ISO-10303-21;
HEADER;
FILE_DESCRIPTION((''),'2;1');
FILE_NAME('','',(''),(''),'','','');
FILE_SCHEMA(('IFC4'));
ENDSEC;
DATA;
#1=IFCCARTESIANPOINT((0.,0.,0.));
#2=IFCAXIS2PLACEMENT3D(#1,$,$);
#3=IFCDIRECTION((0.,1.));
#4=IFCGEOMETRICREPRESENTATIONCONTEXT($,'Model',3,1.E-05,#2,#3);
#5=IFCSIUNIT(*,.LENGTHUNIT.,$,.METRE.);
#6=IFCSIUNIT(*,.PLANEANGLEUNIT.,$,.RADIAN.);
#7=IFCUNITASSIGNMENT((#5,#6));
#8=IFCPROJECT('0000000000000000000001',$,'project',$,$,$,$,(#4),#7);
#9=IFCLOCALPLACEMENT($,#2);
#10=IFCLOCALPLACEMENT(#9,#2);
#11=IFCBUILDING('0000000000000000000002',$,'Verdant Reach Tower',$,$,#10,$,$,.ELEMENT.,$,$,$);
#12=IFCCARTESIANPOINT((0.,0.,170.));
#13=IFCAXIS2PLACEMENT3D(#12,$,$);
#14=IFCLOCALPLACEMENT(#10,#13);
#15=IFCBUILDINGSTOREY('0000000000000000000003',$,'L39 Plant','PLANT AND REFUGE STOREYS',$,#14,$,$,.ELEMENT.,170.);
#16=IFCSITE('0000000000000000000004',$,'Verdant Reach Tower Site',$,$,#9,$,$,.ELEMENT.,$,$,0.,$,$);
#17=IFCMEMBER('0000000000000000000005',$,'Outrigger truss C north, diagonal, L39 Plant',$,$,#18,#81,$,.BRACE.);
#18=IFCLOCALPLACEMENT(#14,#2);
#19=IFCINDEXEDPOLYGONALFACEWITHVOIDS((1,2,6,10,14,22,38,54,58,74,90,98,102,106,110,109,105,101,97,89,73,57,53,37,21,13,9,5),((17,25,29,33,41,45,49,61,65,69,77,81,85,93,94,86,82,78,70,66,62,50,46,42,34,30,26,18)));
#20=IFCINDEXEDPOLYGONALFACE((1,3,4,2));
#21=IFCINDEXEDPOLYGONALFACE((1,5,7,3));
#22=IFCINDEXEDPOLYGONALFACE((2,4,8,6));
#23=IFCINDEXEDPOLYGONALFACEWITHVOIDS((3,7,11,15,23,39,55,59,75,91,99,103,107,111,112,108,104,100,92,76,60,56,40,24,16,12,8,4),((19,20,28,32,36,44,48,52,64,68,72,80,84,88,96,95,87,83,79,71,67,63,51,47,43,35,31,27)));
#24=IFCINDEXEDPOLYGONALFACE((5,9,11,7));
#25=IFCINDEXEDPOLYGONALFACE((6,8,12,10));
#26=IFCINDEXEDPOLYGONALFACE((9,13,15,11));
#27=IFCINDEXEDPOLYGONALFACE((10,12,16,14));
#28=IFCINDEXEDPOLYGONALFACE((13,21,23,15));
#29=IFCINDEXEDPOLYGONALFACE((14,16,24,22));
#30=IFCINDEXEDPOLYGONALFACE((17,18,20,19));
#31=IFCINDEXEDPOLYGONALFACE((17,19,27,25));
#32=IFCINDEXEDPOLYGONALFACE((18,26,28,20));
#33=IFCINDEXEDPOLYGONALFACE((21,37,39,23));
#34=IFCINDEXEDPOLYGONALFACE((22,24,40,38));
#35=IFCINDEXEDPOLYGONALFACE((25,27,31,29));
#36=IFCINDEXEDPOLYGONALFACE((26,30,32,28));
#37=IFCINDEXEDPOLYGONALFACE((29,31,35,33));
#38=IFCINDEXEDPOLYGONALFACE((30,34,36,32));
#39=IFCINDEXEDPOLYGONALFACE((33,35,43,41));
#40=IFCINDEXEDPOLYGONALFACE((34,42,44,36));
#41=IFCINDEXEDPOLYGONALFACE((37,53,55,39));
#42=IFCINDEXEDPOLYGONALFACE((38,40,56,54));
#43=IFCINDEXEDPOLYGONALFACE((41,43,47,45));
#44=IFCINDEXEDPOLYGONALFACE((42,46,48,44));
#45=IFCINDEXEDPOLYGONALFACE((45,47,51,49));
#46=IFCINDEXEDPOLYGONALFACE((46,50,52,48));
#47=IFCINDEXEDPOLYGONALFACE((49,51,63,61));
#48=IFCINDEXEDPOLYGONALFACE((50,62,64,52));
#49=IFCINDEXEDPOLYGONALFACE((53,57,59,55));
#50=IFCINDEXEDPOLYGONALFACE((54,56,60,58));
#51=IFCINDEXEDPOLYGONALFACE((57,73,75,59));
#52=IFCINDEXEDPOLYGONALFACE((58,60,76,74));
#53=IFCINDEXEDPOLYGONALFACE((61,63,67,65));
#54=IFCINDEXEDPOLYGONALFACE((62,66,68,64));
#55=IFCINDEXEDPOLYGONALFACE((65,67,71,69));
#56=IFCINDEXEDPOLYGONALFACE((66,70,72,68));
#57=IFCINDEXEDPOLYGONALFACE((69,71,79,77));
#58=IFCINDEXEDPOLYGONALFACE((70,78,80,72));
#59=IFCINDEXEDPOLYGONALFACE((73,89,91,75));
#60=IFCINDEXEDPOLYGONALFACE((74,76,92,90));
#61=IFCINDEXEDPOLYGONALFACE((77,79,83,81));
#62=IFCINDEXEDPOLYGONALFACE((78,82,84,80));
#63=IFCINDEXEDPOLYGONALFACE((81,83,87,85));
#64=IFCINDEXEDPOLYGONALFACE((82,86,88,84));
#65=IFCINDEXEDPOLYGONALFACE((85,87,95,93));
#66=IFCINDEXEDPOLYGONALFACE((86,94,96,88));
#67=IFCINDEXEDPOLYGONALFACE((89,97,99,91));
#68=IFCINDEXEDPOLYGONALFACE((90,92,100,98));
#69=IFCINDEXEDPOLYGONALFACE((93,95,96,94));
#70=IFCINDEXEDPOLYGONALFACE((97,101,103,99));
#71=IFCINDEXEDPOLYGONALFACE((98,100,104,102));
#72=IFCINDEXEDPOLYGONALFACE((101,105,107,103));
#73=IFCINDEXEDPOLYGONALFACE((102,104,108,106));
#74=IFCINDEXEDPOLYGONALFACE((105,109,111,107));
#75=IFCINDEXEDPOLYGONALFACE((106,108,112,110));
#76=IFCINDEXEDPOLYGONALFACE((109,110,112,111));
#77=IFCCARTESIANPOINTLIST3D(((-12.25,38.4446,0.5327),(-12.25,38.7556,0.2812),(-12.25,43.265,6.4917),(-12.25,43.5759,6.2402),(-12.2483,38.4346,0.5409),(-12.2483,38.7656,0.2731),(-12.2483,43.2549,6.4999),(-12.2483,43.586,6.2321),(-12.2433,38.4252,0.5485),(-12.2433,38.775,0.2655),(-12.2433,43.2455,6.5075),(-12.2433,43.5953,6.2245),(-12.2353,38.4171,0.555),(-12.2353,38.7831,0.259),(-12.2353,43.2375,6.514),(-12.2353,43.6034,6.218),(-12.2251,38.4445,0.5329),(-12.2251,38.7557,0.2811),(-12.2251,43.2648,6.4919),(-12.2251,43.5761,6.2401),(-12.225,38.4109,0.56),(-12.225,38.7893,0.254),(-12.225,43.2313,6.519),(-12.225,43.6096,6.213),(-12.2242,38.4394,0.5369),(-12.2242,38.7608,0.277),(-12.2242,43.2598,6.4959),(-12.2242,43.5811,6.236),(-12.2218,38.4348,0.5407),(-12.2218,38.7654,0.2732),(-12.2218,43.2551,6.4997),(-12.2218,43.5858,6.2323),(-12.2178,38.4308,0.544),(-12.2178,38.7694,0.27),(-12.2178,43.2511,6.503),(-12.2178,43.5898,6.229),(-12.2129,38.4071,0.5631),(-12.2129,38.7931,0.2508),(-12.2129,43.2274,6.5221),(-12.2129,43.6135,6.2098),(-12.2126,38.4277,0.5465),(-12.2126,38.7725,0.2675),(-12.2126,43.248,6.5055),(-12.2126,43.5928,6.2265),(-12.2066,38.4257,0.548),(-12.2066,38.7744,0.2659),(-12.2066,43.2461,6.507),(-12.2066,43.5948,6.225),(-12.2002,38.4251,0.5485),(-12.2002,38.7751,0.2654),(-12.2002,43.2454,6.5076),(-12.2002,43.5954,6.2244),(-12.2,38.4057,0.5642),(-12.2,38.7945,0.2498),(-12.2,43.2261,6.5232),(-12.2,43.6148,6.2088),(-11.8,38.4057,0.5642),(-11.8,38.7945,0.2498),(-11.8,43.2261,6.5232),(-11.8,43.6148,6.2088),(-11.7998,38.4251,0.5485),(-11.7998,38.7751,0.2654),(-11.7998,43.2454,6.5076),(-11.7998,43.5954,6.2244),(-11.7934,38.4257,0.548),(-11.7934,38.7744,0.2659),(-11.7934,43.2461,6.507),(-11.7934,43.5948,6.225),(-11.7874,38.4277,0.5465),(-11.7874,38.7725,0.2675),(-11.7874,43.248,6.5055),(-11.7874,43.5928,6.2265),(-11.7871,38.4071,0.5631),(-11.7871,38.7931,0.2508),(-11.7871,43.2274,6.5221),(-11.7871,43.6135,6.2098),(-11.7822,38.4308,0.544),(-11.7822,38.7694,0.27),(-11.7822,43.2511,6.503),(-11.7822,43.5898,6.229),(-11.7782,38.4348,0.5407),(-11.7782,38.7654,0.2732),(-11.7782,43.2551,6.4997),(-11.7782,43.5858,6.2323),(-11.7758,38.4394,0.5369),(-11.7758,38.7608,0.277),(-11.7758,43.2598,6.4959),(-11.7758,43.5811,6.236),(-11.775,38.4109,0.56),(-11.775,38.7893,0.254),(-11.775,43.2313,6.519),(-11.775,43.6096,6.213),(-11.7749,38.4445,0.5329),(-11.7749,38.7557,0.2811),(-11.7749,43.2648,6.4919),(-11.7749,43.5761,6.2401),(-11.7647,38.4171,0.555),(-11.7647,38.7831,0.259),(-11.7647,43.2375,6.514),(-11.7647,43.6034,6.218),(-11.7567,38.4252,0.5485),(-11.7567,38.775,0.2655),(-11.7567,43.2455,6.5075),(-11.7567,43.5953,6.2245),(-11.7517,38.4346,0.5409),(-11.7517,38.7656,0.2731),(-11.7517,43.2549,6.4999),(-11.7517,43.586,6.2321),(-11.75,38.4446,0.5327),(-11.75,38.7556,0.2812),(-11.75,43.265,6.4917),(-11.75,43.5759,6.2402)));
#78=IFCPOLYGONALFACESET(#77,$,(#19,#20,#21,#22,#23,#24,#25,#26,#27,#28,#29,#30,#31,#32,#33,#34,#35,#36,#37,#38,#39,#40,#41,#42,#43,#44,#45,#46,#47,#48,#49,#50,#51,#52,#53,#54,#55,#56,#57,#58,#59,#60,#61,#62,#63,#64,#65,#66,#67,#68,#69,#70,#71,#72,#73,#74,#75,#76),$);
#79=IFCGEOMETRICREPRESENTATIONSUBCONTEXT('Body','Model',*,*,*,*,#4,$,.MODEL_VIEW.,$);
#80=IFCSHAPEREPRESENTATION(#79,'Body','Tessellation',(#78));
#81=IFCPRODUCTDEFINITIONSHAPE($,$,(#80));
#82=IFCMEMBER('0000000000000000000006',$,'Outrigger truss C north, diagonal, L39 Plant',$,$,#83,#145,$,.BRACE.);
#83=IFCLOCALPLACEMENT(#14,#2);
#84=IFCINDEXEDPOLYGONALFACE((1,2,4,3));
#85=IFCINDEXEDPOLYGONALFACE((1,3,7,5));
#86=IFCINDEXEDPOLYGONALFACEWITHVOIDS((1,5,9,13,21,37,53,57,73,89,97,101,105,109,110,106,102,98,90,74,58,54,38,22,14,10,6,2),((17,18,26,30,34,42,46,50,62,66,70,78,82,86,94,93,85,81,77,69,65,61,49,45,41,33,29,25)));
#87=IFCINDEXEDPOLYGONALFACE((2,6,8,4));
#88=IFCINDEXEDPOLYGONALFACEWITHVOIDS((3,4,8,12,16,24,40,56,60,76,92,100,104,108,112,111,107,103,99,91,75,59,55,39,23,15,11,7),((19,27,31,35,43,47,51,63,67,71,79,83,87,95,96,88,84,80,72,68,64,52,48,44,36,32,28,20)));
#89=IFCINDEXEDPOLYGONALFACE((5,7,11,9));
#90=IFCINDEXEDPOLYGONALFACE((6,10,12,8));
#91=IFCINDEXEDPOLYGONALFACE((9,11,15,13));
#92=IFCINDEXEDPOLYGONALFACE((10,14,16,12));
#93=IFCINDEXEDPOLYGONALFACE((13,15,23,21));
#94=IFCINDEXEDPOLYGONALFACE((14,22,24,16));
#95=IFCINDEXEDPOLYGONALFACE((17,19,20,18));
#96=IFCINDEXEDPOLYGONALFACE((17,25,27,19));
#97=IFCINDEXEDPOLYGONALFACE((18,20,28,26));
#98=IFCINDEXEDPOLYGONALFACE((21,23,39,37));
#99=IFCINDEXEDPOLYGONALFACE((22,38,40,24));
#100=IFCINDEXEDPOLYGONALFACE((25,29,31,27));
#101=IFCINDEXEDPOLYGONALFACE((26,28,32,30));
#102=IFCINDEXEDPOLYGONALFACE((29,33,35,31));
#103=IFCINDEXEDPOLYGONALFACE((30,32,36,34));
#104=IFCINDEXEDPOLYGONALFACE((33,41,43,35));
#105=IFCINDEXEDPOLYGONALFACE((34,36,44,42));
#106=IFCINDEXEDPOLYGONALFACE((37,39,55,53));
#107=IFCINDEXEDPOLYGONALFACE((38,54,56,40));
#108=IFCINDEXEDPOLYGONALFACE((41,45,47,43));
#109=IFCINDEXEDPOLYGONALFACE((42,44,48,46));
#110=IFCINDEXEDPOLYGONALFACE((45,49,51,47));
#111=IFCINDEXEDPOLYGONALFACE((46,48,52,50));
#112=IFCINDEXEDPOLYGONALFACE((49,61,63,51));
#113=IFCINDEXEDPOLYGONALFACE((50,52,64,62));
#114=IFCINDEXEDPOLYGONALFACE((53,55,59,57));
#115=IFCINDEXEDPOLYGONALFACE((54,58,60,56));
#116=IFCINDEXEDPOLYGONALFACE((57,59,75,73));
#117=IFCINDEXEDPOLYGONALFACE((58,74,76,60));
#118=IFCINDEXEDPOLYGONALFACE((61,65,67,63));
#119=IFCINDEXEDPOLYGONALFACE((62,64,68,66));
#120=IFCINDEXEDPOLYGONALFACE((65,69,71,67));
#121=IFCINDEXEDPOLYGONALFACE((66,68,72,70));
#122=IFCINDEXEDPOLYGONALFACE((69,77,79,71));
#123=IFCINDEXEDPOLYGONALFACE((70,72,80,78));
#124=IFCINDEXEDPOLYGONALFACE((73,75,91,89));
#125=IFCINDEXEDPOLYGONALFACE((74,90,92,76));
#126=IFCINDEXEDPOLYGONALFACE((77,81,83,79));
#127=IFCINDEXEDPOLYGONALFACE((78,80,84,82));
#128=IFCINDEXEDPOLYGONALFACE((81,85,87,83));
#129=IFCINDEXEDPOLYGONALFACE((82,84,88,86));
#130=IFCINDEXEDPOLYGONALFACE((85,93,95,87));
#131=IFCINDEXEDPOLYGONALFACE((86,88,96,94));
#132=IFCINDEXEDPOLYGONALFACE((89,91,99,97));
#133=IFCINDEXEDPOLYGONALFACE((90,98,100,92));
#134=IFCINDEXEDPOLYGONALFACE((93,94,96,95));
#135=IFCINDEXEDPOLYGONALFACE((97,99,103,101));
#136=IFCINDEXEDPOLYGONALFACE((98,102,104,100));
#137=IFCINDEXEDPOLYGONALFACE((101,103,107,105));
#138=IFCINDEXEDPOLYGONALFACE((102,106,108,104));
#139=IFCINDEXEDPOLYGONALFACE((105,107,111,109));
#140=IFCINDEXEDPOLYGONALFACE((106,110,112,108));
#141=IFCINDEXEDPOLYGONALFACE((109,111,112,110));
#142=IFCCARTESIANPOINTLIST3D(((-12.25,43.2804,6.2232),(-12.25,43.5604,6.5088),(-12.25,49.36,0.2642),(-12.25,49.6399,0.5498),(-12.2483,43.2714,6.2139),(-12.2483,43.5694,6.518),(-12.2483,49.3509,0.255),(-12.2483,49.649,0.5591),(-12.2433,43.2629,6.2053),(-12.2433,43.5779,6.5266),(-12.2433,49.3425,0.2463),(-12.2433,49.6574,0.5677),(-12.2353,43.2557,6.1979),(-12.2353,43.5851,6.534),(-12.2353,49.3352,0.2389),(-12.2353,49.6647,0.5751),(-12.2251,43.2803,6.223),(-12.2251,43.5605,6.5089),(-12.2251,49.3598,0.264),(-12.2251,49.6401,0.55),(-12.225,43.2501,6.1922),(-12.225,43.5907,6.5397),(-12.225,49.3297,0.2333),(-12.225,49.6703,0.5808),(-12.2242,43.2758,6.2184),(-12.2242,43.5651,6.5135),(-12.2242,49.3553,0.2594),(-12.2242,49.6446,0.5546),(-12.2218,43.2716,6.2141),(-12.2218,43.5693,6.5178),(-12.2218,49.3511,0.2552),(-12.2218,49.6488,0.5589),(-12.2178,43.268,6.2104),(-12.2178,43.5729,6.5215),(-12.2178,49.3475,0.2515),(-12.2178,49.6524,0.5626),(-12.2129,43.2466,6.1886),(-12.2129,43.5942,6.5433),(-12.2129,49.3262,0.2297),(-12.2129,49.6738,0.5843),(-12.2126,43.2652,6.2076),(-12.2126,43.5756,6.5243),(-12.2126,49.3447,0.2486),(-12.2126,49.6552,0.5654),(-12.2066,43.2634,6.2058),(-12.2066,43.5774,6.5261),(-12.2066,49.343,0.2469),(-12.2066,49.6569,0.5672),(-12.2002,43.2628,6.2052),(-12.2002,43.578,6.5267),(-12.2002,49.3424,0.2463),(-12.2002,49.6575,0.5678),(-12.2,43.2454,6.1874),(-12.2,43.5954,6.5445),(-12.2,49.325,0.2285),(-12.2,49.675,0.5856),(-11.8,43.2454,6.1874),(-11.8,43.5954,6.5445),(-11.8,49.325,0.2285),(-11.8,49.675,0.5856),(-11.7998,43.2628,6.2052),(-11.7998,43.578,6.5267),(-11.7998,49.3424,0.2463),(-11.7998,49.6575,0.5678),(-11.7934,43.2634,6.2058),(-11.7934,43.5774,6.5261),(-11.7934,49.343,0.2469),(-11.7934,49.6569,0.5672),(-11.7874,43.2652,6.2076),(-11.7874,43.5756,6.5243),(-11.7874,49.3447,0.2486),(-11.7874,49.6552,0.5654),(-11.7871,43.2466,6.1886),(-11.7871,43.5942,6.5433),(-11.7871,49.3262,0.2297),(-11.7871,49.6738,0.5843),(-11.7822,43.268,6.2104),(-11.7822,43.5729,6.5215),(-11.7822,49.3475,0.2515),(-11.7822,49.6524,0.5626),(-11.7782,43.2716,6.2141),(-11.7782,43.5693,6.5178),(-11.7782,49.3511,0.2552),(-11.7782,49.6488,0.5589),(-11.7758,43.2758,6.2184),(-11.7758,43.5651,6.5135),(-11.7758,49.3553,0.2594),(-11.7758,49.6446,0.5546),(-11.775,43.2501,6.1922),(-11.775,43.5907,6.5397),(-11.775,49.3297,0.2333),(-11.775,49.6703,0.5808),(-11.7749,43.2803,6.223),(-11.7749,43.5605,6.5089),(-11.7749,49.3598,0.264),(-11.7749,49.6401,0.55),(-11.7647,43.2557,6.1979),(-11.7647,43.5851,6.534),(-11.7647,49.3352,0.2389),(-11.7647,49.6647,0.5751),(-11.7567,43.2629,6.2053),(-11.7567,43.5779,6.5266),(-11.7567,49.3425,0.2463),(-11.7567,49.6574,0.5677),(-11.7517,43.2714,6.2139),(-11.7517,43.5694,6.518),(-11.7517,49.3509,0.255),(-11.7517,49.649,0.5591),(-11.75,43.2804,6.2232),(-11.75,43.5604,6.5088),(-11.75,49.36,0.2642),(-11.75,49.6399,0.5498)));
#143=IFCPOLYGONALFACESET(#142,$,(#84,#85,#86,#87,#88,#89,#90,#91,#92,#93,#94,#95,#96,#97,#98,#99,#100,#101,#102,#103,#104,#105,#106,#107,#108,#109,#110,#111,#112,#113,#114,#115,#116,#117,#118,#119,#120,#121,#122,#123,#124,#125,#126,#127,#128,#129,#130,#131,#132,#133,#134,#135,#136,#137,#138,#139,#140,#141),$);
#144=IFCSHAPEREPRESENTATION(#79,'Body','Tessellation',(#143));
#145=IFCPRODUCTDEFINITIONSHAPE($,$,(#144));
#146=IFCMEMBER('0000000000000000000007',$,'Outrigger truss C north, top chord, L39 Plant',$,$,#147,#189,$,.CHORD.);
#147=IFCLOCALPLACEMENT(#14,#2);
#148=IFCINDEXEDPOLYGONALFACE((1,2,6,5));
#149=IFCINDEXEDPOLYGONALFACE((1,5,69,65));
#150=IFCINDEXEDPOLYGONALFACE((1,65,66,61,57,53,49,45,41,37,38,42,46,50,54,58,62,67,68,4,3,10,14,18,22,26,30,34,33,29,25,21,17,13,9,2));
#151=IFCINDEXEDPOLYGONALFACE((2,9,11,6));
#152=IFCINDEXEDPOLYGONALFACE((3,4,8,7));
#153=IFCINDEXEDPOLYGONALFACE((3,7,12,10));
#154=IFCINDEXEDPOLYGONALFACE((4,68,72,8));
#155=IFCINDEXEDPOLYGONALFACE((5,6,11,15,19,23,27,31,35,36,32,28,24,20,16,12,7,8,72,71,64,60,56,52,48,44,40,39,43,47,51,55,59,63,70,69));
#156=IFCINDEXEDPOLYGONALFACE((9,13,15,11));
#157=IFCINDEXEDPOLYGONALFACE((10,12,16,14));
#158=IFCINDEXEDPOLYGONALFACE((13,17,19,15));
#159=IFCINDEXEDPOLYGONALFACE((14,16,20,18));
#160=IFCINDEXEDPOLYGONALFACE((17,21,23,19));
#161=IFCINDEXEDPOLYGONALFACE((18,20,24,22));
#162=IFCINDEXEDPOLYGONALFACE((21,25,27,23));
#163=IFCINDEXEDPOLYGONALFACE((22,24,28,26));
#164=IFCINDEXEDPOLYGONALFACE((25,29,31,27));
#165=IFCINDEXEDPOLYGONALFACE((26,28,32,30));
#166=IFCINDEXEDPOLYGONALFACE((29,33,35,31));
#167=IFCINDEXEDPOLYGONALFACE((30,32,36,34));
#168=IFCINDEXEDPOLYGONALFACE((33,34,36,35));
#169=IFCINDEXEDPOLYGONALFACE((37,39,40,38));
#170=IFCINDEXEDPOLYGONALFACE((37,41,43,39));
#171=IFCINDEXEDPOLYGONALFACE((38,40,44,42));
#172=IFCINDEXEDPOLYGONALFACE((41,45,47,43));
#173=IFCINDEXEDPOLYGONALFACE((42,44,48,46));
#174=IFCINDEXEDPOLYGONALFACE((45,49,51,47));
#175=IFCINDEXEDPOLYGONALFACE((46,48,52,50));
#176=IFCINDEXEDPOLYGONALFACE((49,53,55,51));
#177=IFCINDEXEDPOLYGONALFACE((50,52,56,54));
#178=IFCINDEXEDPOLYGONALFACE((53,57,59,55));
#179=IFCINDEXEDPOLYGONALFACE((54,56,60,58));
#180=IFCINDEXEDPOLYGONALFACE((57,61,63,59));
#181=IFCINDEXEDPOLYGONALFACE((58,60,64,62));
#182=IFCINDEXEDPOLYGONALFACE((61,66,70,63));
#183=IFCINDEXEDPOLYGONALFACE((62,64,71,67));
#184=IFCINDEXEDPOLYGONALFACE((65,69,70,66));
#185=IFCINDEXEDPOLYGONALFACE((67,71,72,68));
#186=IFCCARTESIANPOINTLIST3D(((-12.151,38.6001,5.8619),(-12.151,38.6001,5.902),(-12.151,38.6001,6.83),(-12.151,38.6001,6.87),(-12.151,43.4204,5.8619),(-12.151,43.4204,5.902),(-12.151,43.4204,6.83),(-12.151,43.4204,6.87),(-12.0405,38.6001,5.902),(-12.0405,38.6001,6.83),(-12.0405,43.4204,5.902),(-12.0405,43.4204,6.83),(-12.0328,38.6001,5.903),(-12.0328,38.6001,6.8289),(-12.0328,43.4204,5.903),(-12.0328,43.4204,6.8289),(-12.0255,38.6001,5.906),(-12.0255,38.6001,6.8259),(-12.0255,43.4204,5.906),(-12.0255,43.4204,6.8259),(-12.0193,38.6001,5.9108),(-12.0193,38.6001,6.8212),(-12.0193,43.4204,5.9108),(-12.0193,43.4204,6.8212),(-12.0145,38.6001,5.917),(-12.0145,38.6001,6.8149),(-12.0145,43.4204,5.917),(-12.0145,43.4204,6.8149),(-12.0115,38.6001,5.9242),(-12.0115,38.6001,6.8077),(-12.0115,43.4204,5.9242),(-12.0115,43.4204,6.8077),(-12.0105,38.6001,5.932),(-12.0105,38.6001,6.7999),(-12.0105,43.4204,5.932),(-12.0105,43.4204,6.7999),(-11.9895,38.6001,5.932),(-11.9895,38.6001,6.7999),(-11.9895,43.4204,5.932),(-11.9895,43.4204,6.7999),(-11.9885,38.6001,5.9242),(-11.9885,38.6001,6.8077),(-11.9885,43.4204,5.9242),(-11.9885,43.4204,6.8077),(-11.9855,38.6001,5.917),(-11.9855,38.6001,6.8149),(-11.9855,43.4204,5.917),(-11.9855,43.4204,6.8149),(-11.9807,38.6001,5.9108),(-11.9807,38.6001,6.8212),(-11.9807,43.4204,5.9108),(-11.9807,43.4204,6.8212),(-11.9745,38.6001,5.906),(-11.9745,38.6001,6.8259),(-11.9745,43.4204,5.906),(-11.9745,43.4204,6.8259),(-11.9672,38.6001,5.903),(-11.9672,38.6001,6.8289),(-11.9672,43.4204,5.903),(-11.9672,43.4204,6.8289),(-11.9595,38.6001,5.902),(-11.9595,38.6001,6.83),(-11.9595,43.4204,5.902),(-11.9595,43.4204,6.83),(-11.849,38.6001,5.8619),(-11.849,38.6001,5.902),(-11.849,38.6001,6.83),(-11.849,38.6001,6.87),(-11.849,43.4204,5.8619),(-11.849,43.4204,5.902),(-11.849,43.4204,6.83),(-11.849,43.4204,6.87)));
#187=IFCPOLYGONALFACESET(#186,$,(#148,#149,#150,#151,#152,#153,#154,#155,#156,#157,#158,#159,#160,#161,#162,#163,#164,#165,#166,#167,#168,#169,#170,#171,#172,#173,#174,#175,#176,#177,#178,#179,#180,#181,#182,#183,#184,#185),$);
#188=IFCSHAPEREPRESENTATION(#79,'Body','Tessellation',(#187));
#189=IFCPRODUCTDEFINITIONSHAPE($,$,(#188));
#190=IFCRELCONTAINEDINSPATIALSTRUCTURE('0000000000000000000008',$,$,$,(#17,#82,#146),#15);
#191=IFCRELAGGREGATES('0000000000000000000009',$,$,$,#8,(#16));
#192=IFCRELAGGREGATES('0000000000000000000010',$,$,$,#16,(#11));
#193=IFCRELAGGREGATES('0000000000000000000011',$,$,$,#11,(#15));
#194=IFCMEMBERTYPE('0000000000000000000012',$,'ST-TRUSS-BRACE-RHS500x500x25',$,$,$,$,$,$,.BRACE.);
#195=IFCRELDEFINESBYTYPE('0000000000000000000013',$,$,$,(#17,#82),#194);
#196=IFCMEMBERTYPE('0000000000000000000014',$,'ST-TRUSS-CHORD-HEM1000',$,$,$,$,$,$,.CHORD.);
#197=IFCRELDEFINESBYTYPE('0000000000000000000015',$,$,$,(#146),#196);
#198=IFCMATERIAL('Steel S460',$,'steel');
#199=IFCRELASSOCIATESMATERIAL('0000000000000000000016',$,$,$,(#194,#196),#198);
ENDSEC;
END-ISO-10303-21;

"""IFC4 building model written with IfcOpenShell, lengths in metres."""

from ifc_helpers import new_model, si_unit, direction, frame, origin, origin_2d, place, context, subcontext, project, spatial, hollow_rectangle, i_section, extrude, material, material_profile, profile_set, type_object, element, save


model = new_model("IFC4")

# Units and contexts
model_context = context("Model", 3, precision=1e-05, world=origin(), true_north=direction((0.0, 1.0)))
body_context = subcontext(model_context, "Body", "Model", "MODEL_VIEW")
ifc_project = project(units=[si_unit("LENGTHUNIT", "METRE"), si_unit("PLANEANGLEUNIT", "RADIAN")], contexts=[model_context])

# Site, building, storey
site_placement = place(None, origin())
site = spatial("IfcSite", under=ifc_project, at=site_placement, Name="Verdant Reach Tower Site", CompositionType="ELEMENT", RefElevation=0.0)
building_placement = place(site_placement, origin())
building = spatial("IfcBuilding", under=site, at=building_placement, Name="Verdant Reach Tower", CompositionType="ELEMENT")
storey_placement = place(building_placement, frame((0.0, 0.0, 170.0)))
storey = spatial("IfcBuildingStorey", under=building, at=storey_placement, Name="L39 Plant", Description="PLANT AND REFUGE STOREYS", CompositionType="ELEMENT", Elevation=170.0)

# Members
ifc_material_1 = material(Name="Steel S460", Category="steel")
ifc_material_profile_1 = material_profile(ifc_material_1, hollow_rectangle(XDim=0.5, YDim=0.5, WallThickness=0.0249, InnerFilletRadius=0.0249, OuterFilletRadius=0.05, at=origin_2d()), Name="RHS 500x500x25")
ifc_profile_set_1 = profile_set([ifc_material_profile_1], Name="Steel S460")
member_type_1 = type_object("IfcMemberType", Name="ST-TRUSS-BRACE-RHS500x500x25", PredefinedType="BRACE", material=ifc_profile_set_1)
member_1_placement = place(storey_placement, frame((-12.0, 38.6001, 0.407), z_axis=(0.0, 0.628912, 0.777476), x_axis=(-1.0, 0.0, 0.0)))
element("IfcMember", 1, at=member_1_placement, inside=storey, type_object=member_type_1, Name="Outrigger truss C north, diagonal, L39 Plant", PredefinedType="BRACE", context=body_context, shape_type="SweptSolid", body=[
    extrude(hollow_rectangle(XDim=0.5, YDim=0.5, WallThickness=0.0249, InnerFilletRadius=0.0249, OuterFilletRadius=0.05, at=origin_2d()), origin(), (0.0, 0.0, 1.0), 7.6646),
])
member_2_placement = place(storey_placement, frame((-12.0, 43.4204, 6.366), z_axis=(0.0, 0.714155, -0.699988), x_axis=(-1.0, 0.0, 0.0)))
element("IfcMember", 2, at=member_2_placement, inside=storey, type_object=member_type_1, Name="Outrigger truss C north, diagonal, L39 Plant", PredefinedType="BRACE", context=body_context, shape_type="SweptSolid", body=[
    extrude(hollow_rectangle(XDim=0.5, YDim=0.5, WallThickness=0.0249, InnerFilletRadius=0.0249, OuterFilletRadius=0.05, at=origin_2d()), origin(), (0.0, 0.0, 1.0), 8.5129),
])
ifc_material_profile_2 = material_profile(ifc_material_1, i_section(OverallWidth=0.302, OverallDepth=1.0081, WebThickness=0.021, FlangeThickness=0.04, FilletRadius=0.03, at=origin_2d()), Name="HEM 1000")
ifc_profile_set_2 = profile_set([ifc_material_profile_2], Name="Steel S460")
member_type_2 = type_object("IfcMemberType", Name="ST-TRUSS-CHORD-HEM1000", PredefinedType="CHORD", material=ifc_profile_set_2)
member_3_placement = place(storey_placement, frame((-12.0, 38.6001, 6.366), z_axis=(0.0, 1.0, 0.0), x_axis=(-1.0, 0.0, 0.0)))
element("IfcMember", 3, at=member_3_placement, inside=storey, type_object=member_type_2, Name="Outrigger truss C north, top chord, L39 Plant", PredefinedType="CHORD", context=body_context, shape_type="SweptSolid", body=[
    extrude(i_section(OverallWidth=0.302, OverallDepth=1.0081, WebThickness=0.021, FlangeThickness=0.04, FilletRadius=0.03, at=origin_2d()), origin(), (0.0, 0.0, 1.0), 4.8203),
])

save(model, "model.ifc")
